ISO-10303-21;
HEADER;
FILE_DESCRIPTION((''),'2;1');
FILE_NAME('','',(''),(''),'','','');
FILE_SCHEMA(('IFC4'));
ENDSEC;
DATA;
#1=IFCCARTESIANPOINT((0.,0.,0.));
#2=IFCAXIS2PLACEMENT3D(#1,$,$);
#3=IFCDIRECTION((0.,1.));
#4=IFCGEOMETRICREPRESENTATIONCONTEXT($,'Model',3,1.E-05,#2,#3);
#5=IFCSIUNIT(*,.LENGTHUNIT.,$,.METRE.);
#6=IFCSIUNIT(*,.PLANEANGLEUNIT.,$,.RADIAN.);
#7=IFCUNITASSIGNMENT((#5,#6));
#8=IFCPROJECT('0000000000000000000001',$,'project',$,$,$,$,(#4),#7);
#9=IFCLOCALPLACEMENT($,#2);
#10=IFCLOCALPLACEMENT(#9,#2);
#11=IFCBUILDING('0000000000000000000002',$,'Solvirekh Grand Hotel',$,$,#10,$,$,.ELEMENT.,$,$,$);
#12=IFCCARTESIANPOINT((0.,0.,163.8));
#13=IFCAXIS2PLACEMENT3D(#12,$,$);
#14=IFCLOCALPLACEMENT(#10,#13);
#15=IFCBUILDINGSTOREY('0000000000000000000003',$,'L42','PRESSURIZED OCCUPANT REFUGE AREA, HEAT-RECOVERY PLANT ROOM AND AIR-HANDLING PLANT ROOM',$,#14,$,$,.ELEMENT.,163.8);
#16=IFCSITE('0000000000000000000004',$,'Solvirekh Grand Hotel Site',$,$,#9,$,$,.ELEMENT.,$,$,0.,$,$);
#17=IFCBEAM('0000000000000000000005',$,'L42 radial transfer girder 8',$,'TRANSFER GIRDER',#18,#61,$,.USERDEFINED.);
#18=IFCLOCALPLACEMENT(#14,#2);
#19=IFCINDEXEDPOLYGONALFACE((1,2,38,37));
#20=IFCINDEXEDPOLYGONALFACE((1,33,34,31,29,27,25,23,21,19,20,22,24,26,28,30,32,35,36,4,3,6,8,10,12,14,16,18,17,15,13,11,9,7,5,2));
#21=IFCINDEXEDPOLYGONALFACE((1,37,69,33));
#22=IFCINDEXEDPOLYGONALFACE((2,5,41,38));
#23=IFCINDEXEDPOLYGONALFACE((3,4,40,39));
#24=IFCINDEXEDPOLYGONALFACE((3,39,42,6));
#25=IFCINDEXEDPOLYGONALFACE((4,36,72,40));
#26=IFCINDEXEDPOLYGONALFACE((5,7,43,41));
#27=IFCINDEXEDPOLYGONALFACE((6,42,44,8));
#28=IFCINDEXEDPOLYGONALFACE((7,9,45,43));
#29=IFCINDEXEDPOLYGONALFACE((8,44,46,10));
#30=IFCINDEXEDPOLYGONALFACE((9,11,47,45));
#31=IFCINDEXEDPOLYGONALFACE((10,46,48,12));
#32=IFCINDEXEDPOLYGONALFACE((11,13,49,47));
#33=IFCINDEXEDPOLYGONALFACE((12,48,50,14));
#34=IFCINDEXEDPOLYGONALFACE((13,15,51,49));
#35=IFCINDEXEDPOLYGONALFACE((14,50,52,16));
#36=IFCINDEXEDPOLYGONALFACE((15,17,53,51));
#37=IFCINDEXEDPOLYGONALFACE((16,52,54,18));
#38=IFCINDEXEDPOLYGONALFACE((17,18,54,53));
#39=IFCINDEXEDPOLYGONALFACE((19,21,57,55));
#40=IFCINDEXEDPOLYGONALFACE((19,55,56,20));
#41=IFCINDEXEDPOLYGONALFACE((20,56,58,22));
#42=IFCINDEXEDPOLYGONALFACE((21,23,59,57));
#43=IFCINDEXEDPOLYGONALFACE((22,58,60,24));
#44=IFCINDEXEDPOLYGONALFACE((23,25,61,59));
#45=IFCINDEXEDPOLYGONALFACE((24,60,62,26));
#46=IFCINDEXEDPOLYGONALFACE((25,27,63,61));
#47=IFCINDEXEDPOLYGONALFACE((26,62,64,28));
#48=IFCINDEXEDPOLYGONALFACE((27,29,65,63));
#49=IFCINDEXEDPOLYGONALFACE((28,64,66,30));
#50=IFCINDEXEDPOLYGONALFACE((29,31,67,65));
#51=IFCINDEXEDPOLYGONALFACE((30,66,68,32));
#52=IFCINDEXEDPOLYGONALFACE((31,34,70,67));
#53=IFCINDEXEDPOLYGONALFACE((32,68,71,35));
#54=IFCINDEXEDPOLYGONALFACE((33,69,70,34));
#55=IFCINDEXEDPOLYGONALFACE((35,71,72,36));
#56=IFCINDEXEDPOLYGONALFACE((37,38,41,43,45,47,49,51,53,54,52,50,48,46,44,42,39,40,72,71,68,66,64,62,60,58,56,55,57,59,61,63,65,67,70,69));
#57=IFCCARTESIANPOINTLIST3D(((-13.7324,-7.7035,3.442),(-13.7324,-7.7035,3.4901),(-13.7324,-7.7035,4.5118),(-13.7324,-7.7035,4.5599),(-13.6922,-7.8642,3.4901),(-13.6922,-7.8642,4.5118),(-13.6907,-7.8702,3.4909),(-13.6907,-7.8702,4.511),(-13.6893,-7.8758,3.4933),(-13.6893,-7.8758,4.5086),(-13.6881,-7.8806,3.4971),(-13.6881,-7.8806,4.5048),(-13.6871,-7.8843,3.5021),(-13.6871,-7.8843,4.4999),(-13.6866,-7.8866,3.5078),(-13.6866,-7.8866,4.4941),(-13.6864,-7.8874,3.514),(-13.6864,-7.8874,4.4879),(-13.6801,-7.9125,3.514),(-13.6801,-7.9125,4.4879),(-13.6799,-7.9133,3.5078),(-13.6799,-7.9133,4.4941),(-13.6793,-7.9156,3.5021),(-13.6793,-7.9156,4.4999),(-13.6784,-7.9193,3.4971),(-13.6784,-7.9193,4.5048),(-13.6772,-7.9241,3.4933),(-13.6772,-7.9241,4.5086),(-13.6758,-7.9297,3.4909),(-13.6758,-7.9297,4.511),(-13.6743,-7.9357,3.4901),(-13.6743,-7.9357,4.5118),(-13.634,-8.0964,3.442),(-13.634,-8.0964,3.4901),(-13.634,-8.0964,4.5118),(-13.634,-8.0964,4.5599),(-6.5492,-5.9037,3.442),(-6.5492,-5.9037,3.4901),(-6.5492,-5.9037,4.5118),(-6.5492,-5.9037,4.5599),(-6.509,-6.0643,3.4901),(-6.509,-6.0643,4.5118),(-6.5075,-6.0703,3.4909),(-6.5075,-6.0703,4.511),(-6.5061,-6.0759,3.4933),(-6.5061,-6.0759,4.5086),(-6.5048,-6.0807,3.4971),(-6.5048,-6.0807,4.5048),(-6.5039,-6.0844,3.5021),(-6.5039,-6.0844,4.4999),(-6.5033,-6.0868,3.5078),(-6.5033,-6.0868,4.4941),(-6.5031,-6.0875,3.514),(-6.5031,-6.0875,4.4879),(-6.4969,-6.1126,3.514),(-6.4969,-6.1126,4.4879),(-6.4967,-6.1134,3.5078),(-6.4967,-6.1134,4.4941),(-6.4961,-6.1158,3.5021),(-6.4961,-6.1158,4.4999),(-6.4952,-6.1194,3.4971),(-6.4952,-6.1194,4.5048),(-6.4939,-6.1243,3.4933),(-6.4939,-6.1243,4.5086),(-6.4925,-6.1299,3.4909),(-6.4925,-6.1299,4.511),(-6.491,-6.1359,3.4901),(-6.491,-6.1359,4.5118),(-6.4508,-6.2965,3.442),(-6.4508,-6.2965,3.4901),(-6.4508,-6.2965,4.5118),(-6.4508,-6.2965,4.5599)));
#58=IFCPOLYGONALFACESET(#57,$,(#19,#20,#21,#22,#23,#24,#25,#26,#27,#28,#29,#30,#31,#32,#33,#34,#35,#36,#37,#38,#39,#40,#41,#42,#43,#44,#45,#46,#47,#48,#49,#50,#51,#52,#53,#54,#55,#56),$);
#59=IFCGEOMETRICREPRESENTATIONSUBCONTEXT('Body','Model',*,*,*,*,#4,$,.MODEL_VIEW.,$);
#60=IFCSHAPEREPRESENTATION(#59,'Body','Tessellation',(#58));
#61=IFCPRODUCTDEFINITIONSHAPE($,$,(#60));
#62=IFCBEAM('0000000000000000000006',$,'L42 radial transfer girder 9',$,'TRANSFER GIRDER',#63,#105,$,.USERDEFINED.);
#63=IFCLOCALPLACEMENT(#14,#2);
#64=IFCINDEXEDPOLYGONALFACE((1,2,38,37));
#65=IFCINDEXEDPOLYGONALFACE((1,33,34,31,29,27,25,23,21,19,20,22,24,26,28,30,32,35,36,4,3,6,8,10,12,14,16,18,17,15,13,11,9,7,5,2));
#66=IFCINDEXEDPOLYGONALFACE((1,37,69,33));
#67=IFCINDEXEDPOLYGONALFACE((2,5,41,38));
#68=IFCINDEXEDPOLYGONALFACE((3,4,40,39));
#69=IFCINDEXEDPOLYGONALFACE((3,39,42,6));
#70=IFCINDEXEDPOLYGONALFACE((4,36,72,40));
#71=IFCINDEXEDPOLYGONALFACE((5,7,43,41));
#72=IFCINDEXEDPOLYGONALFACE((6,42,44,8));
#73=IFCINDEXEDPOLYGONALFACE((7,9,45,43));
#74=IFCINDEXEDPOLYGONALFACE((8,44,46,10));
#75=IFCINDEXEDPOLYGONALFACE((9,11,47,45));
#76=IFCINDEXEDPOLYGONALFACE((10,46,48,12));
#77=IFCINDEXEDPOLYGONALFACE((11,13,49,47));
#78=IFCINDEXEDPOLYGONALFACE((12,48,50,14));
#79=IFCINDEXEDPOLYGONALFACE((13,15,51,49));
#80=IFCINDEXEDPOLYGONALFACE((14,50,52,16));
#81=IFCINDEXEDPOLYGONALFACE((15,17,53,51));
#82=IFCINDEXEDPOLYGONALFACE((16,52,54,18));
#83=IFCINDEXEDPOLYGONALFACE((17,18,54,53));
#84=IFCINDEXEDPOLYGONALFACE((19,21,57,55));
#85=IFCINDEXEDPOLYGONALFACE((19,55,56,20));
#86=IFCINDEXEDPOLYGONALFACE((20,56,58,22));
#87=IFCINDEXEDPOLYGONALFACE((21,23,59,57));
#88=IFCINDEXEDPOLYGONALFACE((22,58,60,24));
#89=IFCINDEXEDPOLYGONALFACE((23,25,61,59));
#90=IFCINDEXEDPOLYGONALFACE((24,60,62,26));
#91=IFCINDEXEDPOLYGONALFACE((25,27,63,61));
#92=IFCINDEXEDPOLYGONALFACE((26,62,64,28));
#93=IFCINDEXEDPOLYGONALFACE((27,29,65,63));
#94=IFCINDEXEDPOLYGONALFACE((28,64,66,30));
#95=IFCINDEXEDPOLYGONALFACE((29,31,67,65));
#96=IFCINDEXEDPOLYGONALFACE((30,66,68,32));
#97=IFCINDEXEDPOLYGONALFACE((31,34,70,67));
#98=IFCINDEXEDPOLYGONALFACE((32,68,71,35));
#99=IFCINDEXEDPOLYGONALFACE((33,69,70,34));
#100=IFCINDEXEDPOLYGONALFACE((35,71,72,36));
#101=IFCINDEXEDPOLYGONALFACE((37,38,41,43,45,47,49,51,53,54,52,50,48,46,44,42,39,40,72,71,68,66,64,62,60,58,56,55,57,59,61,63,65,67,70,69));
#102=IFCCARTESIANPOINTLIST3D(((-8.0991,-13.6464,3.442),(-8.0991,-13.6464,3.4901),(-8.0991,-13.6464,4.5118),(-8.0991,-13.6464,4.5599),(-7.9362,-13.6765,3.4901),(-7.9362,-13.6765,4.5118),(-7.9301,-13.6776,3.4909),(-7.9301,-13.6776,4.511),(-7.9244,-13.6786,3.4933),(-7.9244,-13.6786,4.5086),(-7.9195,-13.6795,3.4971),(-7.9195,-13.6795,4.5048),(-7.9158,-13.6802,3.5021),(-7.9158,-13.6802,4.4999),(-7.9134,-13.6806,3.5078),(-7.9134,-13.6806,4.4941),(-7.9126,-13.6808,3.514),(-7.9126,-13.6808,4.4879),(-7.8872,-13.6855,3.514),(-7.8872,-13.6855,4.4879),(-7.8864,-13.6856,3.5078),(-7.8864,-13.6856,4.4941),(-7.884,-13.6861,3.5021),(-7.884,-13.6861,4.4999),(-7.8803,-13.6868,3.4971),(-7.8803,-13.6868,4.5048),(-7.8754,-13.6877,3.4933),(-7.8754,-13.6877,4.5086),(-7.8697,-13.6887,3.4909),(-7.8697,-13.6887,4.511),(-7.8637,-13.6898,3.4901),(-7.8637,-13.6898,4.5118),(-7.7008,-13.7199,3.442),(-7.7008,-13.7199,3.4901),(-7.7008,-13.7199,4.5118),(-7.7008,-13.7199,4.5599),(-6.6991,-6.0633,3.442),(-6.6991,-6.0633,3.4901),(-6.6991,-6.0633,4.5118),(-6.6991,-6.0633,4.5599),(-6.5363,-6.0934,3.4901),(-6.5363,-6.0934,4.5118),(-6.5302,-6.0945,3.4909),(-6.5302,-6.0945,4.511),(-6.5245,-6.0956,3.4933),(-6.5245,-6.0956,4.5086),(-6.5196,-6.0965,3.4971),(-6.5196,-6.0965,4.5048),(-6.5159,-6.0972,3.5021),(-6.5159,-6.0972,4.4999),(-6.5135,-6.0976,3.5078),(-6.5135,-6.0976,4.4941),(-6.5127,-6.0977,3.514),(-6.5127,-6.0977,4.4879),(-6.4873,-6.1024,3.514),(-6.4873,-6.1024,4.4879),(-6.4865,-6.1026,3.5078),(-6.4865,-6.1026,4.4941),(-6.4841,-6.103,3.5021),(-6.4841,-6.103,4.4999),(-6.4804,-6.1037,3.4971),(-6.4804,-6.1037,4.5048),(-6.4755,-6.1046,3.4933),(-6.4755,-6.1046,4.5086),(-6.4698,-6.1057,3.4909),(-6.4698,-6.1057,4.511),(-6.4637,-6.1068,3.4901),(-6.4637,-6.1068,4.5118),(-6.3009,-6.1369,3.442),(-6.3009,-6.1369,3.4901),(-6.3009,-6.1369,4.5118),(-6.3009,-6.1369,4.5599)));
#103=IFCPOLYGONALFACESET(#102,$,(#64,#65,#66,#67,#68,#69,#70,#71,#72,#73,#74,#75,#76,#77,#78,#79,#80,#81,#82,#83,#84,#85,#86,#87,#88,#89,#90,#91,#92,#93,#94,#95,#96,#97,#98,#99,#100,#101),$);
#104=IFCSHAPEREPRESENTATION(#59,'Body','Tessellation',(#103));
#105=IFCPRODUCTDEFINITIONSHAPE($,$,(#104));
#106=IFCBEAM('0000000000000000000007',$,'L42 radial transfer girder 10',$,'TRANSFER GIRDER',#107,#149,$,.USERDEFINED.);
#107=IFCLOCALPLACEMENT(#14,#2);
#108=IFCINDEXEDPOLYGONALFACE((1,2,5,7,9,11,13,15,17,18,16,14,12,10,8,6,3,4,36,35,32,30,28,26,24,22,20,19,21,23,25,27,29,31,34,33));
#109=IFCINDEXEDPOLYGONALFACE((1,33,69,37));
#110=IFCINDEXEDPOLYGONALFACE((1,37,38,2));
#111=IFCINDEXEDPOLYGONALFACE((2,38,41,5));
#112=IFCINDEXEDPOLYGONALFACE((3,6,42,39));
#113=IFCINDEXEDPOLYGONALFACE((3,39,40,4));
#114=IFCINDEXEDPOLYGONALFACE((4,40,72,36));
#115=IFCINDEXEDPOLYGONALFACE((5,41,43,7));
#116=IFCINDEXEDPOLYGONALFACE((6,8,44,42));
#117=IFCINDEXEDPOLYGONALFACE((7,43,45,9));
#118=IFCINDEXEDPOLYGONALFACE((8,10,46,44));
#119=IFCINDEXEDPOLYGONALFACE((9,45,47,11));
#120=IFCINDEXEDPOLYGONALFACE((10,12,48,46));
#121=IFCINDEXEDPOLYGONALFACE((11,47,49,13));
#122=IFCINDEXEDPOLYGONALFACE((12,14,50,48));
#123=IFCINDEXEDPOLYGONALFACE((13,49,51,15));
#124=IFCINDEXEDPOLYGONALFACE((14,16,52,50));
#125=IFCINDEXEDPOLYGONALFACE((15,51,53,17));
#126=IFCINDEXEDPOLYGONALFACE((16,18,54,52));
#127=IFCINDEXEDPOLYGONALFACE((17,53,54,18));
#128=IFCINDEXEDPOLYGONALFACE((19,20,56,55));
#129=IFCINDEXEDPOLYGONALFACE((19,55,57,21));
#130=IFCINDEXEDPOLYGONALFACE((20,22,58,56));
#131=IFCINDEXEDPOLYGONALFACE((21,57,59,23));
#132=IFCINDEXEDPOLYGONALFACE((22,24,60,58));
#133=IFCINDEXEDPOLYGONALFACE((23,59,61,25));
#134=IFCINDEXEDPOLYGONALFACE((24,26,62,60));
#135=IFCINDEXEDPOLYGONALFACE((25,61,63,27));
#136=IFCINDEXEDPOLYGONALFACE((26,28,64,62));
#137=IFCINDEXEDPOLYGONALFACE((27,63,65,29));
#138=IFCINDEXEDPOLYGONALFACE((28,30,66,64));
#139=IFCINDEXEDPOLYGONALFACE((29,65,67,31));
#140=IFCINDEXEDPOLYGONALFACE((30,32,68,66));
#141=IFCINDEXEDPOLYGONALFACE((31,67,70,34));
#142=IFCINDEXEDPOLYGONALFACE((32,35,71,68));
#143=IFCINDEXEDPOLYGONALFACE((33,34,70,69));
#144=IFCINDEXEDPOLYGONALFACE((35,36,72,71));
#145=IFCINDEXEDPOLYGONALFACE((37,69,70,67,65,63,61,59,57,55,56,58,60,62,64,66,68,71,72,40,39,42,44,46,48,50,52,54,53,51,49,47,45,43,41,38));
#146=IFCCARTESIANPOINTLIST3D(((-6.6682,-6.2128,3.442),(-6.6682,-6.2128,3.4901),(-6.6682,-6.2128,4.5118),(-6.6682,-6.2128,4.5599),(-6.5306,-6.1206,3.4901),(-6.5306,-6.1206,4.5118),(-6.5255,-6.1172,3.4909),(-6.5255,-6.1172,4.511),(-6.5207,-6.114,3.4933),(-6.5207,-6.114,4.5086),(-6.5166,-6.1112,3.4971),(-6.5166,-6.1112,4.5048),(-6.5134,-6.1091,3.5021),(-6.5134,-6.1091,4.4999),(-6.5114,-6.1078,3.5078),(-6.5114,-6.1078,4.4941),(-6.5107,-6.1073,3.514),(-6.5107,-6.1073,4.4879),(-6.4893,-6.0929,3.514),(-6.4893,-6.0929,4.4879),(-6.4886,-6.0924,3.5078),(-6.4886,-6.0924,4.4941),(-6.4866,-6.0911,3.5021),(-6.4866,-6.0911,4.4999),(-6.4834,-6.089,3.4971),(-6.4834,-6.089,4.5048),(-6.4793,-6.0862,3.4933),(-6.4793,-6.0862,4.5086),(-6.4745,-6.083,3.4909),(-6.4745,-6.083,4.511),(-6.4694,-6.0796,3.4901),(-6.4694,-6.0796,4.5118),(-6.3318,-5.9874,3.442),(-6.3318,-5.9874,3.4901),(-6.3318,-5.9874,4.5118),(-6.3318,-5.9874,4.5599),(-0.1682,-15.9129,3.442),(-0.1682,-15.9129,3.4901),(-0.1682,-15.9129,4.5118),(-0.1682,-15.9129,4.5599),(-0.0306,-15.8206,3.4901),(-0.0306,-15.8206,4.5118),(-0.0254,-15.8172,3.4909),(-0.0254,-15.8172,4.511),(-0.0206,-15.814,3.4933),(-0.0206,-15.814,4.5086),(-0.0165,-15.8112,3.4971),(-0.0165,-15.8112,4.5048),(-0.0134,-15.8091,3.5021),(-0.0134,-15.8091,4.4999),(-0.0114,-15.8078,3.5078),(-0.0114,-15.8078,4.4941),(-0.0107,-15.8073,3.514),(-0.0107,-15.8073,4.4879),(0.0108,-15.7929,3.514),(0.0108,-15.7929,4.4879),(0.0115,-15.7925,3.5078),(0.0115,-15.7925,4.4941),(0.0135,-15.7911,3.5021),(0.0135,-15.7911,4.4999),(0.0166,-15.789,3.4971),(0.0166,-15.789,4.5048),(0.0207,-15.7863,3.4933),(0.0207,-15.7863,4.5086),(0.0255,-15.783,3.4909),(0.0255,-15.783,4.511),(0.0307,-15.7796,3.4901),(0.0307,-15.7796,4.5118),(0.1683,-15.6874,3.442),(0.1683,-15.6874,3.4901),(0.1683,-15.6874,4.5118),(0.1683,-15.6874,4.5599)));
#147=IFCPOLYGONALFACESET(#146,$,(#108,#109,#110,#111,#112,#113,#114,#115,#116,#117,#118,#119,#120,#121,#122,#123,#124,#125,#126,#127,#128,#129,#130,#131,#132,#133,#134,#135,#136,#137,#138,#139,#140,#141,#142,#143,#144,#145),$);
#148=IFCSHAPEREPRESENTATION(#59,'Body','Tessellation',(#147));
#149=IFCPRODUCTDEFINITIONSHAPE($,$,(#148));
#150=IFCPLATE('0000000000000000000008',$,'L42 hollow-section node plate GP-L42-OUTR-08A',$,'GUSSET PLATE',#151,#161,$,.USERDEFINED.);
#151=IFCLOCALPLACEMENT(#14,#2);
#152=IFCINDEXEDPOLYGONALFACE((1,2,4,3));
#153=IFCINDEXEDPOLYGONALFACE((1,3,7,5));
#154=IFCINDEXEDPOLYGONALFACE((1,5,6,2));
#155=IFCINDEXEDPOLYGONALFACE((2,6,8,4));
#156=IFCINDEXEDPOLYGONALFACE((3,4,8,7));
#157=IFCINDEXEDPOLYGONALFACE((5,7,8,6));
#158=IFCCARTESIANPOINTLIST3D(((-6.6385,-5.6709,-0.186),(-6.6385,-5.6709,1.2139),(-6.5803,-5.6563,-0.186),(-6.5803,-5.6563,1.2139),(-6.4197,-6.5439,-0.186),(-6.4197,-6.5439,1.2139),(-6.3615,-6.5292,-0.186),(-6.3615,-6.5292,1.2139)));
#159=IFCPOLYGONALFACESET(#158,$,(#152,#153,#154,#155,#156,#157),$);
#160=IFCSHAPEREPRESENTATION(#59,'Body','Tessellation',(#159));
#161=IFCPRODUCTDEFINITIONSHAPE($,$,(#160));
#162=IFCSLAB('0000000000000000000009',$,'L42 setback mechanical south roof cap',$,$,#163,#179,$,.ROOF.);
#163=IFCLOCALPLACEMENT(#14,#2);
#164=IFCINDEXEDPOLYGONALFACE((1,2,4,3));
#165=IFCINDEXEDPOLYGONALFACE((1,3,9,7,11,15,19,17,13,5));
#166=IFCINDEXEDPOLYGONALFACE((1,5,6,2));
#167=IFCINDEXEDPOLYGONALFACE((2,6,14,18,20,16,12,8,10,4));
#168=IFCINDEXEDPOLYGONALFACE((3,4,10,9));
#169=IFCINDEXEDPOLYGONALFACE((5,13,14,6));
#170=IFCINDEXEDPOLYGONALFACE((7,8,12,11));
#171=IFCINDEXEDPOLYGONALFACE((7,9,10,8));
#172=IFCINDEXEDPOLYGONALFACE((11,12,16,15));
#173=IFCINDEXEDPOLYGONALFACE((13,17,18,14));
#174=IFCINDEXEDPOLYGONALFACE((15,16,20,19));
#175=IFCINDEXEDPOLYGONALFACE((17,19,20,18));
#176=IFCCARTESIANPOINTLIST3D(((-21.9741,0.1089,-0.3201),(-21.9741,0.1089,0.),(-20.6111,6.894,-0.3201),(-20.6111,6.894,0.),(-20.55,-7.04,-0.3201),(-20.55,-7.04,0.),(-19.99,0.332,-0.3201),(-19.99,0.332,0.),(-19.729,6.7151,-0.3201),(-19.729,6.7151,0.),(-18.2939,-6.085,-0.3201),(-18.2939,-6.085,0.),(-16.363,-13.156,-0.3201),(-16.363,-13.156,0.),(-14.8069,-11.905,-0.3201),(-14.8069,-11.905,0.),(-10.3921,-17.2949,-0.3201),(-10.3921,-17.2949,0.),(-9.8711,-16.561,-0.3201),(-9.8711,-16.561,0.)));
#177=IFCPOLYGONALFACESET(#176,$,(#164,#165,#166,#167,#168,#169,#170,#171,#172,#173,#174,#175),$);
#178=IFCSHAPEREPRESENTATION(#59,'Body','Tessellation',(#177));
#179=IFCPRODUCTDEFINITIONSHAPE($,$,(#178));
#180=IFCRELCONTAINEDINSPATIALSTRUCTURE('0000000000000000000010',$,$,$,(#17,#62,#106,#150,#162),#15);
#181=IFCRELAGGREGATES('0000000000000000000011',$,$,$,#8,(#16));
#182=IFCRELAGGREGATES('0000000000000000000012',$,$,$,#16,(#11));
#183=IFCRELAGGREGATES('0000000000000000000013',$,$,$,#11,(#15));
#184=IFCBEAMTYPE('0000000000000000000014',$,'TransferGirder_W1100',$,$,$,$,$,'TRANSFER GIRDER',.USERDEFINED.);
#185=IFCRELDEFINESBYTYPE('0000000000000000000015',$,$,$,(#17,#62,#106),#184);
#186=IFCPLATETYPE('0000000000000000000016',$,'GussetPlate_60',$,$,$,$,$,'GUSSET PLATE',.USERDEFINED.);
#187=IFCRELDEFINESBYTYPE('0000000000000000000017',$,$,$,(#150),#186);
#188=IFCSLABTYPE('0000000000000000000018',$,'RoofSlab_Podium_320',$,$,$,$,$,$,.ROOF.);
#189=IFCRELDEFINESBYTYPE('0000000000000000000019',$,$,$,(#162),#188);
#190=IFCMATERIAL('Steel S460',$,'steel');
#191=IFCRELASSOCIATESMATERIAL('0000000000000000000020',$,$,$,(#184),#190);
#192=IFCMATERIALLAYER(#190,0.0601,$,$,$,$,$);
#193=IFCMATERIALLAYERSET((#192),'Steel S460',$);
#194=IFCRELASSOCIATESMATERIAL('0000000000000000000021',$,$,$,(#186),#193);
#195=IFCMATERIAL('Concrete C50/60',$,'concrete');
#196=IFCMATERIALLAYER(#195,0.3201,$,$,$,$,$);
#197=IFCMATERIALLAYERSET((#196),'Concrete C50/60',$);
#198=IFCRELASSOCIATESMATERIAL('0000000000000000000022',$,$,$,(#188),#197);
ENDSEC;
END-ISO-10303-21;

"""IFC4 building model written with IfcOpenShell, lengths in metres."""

from ifc_helpers import new_model, si_unit, direction, frame, origin, origin_2d, place, context, subcontext, project, spatial, polyline, rectangle, i_section, outline, extrude, material, layer, layer_set, material_profile, profile_set, type_object, element, save


model = new_model("IFC4")

# Units and contexts
model_context = context("Model", 3, precision=1e-05, world=origin(), true_north=direction((0.0, 1.0)))
body_context = subcontext(model_context, "Body", "Model", "MODEL_VIEW")
ifc_project = project(units=[si_unit("LENGTHUNIT", "METRE"), si_unit("PLANEANGLEUNIT", "RADIAN")], contexts=[model_context])

# Site, building, storey
site_placement = place(None, origin())
site = spatial("IfcSite", under=ifc_project, at=site_placement, Name="Solvirekh Grand Hotel Site", CompositionType="ELEMENT", RefElevation=0.0)
building_placement = place(site_placement, origin())
building = spatial("IfcBuilding", under=site, at=building_placement, Name="Solvirekh Grand Hotel", CompositionType="ELEMENT")
storey_placement = place(building_placement, frame((0.0, 0.0, 163.8)))
storey = spatial("IfcBuildingStorey", under=building, at=storey_placement, Name="L42", Description="PRESSURIZED OCCUPANT REFUGE AREA, HEAT-RECOVERY PLANT ROOM AND AIR-HANDLING PLANT ROOM", CompositionType="ELEMENT", Elevation=163.8)

# Shared definitions
ifc_material_1 = material(Name="Concrete C50/60", Category="concrete")

# Shared definitions
ifc_material_2 = material(Name="Steel S460", Category="steel")

# Beams
ifc_material_profile_1 = material_profile(ifc_material_2, i_section(OverallWidth=0.405, OverallDepth=1.1179, WebThickness=0.0259, FlangeThickness=0.0481, FilletRadius=0.0239, at=origin_2d()), Name="W1100X499")
ifc_profile_set_1 = profile_set([ifc_material_profile_1], Name="Steel S460")
beam_type_1 = type_object("IfcBeamType", Name="TransferGirder_W1100", ElementType="TRANSFER GIRDER", PredefinedType="USERDEFINED", material=ifc_profile_set_1)
beam_1_placement = place(storey_placement, frame((-6.5, -6.1001, 4.001), z_axis=(-0.970014, -0.243048, 0.0), x_axis=(0.243048, -0.970014, 0.0)))
element("IfcBeam", 1, at=beam_1_placement, inside=storey, type_object=beam_type_1, Name="L42 radial transfer girder 8", ObjectType="TRANSFER GIRDER", PredefinedType="USERDEFINED", context=body_context, shape_type="SweptSolid", body=[
    extrude(i_section(OverallWidth=0.405, OverallDepth=1.1179, WebThickness=0.0259, FlangeThickness=0.0481, FilletRadius=0.0239, at=origin_2d()), origin(), (0.0, 0.0, 1.0), 7.4053),
])
beam_2_placement = place(storey_placement, frame((-6.5, -6.1001, 4.001), z_axis=(-0.181543, -0.983383, 0.0), x_axis=(0.983383, -0.181543, 0.0)))
element("IfcBeam", 2, at=beam_2_placement, inside=storey, type_object=beam_type_1, Name="L42 radial transfer girder 9", ObjectType="TRANSFER GIRDER", PredefinedType="USERDEFINED", context=body_context, shape_type="SweptSolid", body=[
    extrude(i_section(OverallWidth=0.405, OverallDepth=1.1179, WebThickness=0.0259, FlangeThickness=0.0481, FilletRadius=0.0239, at=origin_2d()), origin(), (0.0, 0.0, 1.0), 7.7112),
])
beam_3_placement = place(storey_placement, frame((-6.5, -6.1001, 4.001), z_axis=(0.556677, -0.830729, 0.0), x_axis=(0.830729, 0.556677, 0.0)))
element("IfcBeam", 3, at=beam_3_placement, inside=storey, type_object=beam_type_1, Name="L42 radial transfer girder 10", ObjectType="TRANSFER GIRDER", PredefinedType="USERDEFINED", context=body_context, shape_type="SweptSolid", body=[
    extrude(i_section(OverallWidth=0.405, OverallDepth=1.1179, WebThickness=0.0259, FlangeThickness=0.0481, FilletRadius=0.0239, at=origin_2d()), origin(), (0.0, 0.0, 1.0), 11.6765),
])

# Plate
ifc_layer_1 = layer(ifc_material_2, 0.0601)
ifc_layer_set_1 = layer_set([ifc_layer_1], Name="Steel S460")
plate_type = type_object("IfcPlateType", Name="GussetPlate_60", ElementType="GUSSET PLATE", PredefinedType="USERDEFINED", material=ifc_layer_set_1)
plate_placement = place(storey_placement, frame((-6.5, -6.1001, -0.186), z_axis=(0.0, 0.0, 1.0), x_axis=(-0.969999, -0.243107, 0.0)))
element("IfcPlate", 4, at=plate_placement, inside=storey, type_object=plate_type, Name="L42 hollow-section node plate GP-L42-OUTR-08A", ObjectType="GUSSET PLATE", PredefinedType="USERDEFINED", context=body_context, shape_type="SweptSolid", body=[
    extrude(rectangle(XDim=0.0601, YDim=0.8999, at=origin_2d()), origin(), (0.0, 0.0, 1.0), 1.3999),
])

# Slab
ifc_layer_2 = layer(ifc_material_1, 0.3201)
ifc_layer_set_2 = layer_set([ifc_layer_2], Name="Concrete C50/60")
slab_type_1 = type_object("IfcSlabType", Name="RoofSlab_Podium_320", PredefinedType="ROOF", material=ifc_layer_set_2)
slab_1_placement = place(storey_placement, frame((0.0, 0.0, -0.3201)))
element("IfcSlab", 5, at=slab_1_placement, inside=storey, type_object=slab_type_1, Name="L42 setback mechanical south roof cap", PredefinedType="ROOF", context=body_context, shape_type="SweptSolid", body=[
    extrude(outline(polyline([(-20.6111, 6.894), (-21.9741, 0.1089), (-20.55, -7.04), (-16.363, -13.156), (-10.3921, -17.2949), (-9.8711, -16.561), (-14.8069, -11.905), (-18.2939, -6.085), (-19.99, 0.332), (-19.729, 6.7151), (-20.6111, 6.894)])), origin(), (0.0, 0.0, 1.0), 0.3201),
])

save(model, "model.ifc")
